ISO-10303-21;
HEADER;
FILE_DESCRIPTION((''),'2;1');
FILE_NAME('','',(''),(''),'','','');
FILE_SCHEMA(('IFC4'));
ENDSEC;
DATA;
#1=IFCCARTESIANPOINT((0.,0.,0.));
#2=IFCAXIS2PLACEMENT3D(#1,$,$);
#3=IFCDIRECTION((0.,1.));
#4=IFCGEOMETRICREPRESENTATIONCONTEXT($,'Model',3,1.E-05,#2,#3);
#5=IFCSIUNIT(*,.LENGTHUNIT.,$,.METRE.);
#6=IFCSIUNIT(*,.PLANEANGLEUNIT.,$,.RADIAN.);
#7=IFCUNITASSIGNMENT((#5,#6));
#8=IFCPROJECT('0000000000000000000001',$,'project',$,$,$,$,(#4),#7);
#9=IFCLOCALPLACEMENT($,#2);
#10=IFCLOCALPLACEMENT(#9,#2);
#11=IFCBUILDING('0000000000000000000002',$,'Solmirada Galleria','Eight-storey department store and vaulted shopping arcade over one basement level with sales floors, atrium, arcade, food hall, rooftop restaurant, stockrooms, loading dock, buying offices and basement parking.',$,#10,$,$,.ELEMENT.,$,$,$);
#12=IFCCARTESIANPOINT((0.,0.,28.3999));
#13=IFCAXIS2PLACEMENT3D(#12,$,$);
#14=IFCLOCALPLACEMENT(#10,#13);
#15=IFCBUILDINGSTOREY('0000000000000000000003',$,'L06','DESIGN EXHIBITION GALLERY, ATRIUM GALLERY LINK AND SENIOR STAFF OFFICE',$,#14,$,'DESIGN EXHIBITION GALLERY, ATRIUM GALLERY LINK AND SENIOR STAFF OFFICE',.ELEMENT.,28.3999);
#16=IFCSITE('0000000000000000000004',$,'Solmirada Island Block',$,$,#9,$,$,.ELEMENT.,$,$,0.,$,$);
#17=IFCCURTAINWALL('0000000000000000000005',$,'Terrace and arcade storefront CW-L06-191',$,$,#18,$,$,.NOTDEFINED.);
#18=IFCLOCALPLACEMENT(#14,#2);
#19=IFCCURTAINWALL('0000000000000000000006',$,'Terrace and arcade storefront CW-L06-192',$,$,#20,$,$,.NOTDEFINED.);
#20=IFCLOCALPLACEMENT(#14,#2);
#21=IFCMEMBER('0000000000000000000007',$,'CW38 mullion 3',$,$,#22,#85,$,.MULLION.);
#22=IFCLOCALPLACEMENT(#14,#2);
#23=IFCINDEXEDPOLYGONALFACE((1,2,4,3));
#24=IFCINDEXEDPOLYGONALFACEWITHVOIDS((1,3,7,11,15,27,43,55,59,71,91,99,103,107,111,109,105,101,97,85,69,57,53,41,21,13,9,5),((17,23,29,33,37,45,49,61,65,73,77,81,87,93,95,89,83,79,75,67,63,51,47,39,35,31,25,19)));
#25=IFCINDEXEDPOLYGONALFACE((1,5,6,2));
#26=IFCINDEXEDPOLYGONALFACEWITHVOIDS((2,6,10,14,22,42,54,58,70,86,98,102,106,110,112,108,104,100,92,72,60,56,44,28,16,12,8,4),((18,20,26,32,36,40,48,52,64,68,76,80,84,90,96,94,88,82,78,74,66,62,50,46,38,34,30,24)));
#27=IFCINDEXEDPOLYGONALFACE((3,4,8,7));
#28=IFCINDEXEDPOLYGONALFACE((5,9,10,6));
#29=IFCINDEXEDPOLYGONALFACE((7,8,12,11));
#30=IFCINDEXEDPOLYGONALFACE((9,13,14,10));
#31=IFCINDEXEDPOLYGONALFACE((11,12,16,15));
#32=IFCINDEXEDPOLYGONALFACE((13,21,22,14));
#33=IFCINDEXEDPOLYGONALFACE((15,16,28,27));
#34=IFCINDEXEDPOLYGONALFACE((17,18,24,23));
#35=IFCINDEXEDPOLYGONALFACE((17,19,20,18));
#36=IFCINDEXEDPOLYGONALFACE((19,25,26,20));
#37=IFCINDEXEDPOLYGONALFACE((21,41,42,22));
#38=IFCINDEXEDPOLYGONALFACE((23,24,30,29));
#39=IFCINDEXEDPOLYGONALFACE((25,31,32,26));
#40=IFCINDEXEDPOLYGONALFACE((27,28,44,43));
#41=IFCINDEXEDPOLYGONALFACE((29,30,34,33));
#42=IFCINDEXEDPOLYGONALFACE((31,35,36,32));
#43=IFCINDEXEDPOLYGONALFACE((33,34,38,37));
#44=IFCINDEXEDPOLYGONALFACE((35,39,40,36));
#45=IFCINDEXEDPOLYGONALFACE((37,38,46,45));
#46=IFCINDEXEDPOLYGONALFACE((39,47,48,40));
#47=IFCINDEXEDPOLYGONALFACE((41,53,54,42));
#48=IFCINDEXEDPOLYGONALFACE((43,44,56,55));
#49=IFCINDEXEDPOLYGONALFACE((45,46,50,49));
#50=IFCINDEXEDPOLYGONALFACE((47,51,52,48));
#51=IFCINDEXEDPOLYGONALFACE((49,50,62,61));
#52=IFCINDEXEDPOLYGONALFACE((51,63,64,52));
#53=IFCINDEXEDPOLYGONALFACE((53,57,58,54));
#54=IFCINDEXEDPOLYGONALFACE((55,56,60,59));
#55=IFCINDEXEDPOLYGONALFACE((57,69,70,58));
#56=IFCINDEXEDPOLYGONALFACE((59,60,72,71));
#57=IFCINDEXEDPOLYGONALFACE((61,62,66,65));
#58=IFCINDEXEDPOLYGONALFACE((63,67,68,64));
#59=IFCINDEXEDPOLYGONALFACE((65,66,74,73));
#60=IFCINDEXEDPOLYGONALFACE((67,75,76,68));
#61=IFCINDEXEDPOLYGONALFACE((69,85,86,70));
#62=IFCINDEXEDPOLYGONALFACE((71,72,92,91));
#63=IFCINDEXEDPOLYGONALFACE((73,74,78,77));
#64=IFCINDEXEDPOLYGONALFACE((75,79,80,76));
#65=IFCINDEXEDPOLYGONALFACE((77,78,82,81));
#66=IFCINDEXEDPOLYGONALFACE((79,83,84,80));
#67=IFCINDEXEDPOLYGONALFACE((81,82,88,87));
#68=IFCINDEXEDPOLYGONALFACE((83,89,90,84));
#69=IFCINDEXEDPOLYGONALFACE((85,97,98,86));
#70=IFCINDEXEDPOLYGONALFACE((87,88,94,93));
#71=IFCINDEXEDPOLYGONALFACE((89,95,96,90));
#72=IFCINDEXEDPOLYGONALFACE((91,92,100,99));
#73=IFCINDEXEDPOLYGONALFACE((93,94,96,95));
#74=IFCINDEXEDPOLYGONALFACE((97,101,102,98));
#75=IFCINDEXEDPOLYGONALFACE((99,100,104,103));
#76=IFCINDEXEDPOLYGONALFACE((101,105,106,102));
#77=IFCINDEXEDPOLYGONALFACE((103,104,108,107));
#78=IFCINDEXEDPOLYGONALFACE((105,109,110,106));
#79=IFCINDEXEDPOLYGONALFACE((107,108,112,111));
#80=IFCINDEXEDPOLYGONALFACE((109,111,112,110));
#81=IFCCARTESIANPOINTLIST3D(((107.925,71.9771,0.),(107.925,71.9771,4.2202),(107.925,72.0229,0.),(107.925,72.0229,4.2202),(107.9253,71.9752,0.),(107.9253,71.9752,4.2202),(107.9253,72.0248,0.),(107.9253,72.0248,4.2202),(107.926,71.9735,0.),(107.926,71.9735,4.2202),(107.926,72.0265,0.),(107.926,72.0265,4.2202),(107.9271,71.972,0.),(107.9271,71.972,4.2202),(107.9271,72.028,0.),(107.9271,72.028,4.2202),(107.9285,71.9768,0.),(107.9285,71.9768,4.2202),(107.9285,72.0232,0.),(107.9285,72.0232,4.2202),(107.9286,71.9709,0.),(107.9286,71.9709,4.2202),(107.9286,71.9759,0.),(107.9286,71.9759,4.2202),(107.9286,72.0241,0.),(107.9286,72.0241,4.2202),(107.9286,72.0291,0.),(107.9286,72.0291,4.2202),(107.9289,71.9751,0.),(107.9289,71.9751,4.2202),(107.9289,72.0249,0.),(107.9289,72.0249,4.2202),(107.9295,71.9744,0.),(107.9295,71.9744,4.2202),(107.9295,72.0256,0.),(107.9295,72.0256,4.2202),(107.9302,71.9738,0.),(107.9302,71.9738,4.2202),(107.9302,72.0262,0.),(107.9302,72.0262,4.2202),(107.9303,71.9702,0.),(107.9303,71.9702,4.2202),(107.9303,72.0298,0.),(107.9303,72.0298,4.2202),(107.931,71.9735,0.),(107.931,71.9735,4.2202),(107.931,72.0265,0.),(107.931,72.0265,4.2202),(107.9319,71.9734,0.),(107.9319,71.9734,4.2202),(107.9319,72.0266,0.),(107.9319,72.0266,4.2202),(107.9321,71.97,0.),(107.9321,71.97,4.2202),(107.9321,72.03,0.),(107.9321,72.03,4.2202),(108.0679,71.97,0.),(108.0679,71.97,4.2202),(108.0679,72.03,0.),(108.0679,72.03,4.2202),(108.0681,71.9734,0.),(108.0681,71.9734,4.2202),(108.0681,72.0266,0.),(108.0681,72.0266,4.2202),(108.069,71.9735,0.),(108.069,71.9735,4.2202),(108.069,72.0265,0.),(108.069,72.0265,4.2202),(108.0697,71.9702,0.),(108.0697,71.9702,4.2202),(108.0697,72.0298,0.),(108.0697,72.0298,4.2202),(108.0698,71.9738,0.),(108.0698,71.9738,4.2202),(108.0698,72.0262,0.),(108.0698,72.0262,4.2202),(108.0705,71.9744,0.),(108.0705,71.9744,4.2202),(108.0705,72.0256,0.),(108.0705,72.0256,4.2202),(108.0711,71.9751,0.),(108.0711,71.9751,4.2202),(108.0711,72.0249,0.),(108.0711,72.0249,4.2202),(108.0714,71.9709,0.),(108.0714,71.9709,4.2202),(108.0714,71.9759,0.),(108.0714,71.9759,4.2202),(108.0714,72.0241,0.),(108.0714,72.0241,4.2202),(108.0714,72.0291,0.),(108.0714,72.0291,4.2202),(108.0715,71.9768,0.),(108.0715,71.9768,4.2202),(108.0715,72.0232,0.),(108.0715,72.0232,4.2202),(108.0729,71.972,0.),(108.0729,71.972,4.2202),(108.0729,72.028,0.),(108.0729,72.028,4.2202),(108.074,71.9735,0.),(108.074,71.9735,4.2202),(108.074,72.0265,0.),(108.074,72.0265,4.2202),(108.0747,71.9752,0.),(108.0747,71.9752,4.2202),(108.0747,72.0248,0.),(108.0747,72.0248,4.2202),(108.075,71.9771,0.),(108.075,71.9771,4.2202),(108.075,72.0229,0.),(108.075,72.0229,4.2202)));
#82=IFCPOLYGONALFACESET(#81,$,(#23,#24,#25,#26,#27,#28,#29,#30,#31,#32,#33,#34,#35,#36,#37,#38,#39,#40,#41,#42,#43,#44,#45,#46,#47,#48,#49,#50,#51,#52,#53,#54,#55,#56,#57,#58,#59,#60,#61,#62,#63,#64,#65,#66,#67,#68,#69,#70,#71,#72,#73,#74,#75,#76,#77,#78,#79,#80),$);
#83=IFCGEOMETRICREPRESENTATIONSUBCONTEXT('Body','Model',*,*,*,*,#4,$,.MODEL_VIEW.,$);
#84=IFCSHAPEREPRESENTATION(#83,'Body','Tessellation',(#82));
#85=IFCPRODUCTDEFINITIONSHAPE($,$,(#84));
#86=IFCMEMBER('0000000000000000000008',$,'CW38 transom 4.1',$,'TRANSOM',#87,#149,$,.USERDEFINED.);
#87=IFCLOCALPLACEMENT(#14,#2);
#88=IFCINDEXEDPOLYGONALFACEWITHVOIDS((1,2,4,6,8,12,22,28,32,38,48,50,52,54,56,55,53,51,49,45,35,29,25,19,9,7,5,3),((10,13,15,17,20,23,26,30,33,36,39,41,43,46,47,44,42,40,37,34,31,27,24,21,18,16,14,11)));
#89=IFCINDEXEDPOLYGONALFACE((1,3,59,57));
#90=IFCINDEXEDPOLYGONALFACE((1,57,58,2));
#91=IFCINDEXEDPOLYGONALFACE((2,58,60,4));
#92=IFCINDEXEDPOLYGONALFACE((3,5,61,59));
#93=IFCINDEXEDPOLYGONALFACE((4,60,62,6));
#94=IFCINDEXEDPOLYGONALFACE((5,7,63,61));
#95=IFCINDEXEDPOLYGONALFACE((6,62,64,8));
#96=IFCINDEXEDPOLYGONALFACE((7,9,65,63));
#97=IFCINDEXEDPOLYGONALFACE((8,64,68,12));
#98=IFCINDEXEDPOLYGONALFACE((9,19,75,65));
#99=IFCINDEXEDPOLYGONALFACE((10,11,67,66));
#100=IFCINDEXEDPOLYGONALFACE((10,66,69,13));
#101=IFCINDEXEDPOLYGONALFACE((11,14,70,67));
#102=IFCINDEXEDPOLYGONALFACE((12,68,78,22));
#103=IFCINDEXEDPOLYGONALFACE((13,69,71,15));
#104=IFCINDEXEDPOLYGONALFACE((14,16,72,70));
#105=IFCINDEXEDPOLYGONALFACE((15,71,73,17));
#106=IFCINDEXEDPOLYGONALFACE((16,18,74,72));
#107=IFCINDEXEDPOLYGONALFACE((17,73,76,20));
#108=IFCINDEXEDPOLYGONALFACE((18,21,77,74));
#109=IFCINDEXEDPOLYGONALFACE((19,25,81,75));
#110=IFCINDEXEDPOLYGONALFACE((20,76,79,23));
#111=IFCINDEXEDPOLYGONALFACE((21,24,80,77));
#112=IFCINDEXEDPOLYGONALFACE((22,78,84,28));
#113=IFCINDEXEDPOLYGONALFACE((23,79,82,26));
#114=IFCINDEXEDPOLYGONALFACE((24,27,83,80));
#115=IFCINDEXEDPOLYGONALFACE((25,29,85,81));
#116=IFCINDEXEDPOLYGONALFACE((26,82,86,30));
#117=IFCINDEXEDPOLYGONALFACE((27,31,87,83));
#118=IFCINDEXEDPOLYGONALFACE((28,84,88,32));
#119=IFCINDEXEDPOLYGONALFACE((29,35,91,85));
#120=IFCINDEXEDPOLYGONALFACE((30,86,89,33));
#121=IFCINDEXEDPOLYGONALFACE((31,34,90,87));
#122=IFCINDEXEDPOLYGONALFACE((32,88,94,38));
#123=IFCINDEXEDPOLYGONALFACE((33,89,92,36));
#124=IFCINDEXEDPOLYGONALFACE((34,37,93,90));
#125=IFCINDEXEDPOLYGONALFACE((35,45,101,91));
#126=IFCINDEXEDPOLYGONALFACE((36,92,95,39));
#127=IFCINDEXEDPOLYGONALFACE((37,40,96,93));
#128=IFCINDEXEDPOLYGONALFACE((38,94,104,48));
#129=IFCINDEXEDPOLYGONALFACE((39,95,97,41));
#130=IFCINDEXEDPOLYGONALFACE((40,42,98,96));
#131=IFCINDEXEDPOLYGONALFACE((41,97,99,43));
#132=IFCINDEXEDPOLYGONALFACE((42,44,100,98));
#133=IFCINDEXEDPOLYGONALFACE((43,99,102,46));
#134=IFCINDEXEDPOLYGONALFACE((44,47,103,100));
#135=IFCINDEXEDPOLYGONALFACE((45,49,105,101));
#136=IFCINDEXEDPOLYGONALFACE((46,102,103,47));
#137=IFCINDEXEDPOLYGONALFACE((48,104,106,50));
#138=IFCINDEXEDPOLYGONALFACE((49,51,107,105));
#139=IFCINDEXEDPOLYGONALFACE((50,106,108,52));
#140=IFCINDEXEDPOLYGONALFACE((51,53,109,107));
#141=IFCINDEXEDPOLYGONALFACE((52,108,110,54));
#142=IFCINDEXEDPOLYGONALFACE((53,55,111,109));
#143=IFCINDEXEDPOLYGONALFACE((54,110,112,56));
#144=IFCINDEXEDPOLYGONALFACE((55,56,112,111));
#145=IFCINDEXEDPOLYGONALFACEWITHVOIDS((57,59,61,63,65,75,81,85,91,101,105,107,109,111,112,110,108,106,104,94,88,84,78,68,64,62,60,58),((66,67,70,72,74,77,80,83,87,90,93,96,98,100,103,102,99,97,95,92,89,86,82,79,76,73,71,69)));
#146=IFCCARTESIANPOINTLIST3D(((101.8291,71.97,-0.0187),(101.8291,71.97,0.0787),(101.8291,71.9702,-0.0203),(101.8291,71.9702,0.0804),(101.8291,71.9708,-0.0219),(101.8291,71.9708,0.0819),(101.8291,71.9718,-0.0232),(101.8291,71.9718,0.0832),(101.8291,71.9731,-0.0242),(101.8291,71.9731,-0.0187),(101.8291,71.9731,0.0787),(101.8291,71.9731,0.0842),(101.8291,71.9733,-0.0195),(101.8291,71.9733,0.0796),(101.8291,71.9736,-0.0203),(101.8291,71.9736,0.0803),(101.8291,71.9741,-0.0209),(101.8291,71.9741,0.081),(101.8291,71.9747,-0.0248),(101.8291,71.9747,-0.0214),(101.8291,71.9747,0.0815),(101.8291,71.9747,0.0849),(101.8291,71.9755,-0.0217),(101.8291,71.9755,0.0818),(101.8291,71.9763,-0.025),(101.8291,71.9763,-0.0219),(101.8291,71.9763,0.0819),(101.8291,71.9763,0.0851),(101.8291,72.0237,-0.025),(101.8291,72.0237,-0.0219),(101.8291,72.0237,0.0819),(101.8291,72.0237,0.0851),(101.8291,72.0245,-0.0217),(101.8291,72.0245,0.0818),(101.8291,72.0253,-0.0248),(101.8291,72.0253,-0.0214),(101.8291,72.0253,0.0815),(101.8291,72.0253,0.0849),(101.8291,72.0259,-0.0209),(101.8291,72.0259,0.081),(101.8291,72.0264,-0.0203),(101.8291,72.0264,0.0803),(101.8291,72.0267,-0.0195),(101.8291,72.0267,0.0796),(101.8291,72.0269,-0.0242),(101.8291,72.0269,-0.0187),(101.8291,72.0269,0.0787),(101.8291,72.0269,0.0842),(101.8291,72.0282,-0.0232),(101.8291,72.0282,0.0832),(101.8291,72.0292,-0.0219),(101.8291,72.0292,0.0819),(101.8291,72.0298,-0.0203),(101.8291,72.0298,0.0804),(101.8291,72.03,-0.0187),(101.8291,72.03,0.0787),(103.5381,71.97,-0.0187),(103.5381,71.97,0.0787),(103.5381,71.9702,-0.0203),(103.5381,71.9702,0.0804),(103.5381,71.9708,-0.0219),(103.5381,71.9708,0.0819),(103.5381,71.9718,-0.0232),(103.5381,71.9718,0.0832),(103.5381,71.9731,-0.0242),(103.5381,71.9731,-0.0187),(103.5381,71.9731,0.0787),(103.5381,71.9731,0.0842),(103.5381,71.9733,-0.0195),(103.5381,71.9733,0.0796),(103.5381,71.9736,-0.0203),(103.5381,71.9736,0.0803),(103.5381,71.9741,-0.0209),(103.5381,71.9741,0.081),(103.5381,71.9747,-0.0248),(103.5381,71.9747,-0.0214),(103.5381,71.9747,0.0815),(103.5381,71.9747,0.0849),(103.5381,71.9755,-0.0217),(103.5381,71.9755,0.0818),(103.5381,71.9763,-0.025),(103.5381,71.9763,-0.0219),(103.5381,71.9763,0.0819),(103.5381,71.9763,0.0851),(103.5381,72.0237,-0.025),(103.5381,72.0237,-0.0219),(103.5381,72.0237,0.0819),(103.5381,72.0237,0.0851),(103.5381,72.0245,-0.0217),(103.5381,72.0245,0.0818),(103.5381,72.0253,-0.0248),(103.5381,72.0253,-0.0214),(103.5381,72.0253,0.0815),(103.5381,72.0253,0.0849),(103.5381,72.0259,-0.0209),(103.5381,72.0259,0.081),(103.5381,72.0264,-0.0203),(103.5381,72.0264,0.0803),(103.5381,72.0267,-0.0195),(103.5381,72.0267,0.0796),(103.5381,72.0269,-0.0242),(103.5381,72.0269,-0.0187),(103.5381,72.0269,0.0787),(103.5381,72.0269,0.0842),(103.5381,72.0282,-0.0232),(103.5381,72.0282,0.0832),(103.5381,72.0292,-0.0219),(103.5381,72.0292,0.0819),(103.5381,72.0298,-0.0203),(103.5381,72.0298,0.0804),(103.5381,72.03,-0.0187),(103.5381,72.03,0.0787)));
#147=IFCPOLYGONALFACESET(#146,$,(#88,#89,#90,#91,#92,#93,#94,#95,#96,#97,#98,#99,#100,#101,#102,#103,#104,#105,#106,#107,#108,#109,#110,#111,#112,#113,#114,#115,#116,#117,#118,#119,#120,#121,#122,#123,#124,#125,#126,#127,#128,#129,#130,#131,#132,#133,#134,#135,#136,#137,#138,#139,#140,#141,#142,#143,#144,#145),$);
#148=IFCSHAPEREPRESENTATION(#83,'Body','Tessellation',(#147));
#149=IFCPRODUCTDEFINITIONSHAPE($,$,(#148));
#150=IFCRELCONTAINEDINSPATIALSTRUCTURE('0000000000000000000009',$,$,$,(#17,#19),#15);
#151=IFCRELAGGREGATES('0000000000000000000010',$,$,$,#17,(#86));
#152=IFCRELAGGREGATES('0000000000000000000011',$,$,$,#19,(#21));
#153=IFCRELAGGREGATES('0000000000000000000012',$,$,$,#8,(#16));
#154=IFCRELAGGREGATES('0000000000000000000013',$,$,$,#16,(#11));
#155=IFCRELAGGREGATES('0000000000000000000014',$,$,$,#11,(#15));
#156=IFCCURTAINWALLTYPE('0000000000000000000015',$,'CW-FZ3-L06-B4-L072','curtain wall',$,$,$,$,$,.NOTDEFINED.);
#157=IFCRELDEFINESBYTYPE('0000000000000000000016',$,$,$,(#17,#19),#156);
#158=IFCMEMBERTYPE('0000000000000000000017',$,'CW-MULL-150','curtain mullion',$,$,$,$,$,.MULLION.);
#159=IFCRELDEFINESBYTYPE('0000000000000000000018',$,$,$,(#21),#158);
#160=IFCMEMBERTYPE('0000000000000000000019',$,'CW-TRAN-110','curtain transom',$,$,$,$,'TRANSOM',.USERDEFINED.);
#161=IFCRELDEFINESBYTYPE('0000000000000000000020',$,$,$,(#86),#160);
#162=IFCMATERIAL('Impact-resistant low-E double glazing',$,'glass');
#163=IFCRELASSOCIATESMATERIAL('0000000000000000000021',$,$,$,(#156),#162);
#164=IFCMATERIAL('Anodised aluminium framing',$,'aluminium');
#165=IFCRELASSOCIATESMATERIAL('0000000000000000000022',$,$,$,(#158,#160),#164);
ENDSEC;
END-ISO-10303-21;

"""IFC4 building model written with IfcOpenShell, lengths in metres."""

from ifc_helpers import new_model, si_unit, direction, frame, origin, origin_2d, place, context, subcontext, project, spatial, hollow_rectangle, extrude, material, material_profile, profile_set, type_object, element, aggregate, save


model = new_model("IFC4")

# Units and contexts
model_context = context("Model", 3, precision=1e-05, world=origin(), true_north=direction((0.0, 1.0)))
body_context = subcontext(model_context, "Body", "Model", "MODEL_VIEW")
ifc_project = project(units=[si_unit("LENGTHUNIT", "METRE"), si_unit("PLANEANGLEUNIT", "RADIAN")], contexts=[model_context])

# Site, building, storey
site_placement = place(None, origin())
site = spatial("IfcSite", under=ifc_project, at=site_placement, Name="Solmirada Island Block", CompositionType="ELEMENT", RefElevation=0.0)
building_placement = place(site_placement, origin())
building = spatial("IfcBuilding", under=site, at=building_placement, Name="Solmirada Galleria", Description="Eight-storey department store and vaulted shopping arcade over one basement level with sales floors, atrium, arcade, food hall, rooftop restaurant, stockrooms, loading dock, buying offices and basement parking.", CompositionType="ELEMENT")
storey_placement = place(building_placement, frame((0.0, 0.0, 28.3999)))
storey = spatial("IfcBuildingStorey", under=building, at=storey_placement, Name="L06", Description="DESIGN EXHIBITION GALLERY, ATRIUM GALLERY LINK AND SENIOR STAFF OFFICE", LongName="DESIGN EXHIBITION GALLERY, ATRIUM GALLERY LINK AND SENIOR STAFF OFFICE", CompositionType="ELEMENT", Elevation=28.3999)

# Curtain walls, member
ifc_material_1 = material(Name="Impact-resistant low-E double glazing", Category="glass")
curtain_wall_type = type_object("IfcCurtainWallType", Name="CW-FZ3-L06-B4-L072", Description="curtain wall", PredefinedType="NOTDEFINED", material=ifc_material_1)
curtain_wall_1_placement = place(storey_placement, origin())
curtain_wall_1 = element("IfcCurtainWall", 1, at=curtain_wall_1_placement, inside=storey, type_object=curtain_wall_type, Name="Terrace and arcade storefront CW-L06-191", PredefinedType="NOTDEFINED")
ifc_material_2 = material(Name="Anodised aluminium framing", Category="aluminium")
ifc_material_profile_1 = material_profile(ifc_material_2, hollow_rectangle(XDim=0.0601, YDim=0.1499, WallThickness=0.0034, InnerFilletRadius=0.0034, OuterFilletRadius=0.0071, at=origin_2d()), Name="ALU-MULL-150X60")
ifc_profile_set_1 = profile_set([ifc_material_profile_1], Name="Anodised aluminium framing")
member_type_1 = type_object("IfcMemberType", Name="CW-MULL-150", Description="curtain mullion", PredefinedType="MULLION", material=ifc_profile_set_1)
curtain_wall_2_placement = place(storey_placement, origin())
curtain_wall_2 = element("IfcCurtainWall", 2, at=curtain_wall_2_placement, inside=storey, type_object=curtain_wall_type, Name="Terrace and arcade storefront CW-L06-192", PredefinedType="NOTDEFINED")
member_1_placement = place(storey_placement, frame((108.0, 72.0, 0.0), z_axis=(0.0, 0.0, 1.0), x_axis=(0.0, 1.0, 0.0)))
member_1 = element("IfcMember", 3, at=member_1_placement, type_object=member_type_1, Name="CW38 mullion 3", PredefinedType="MULLION", context=body_context, shape_type="SweptSolid", body=[
    extrude(hollow_rectangle(XDim=0.0601, YDim=0.1499, WallThickness=0.0034, InnerFilletRadius=0.0034, OuterFilletRadius=0.0071, at=origin_2d()), origin(), (0.0, 0.0, 1.0), 4.2202),
])

# Member
ifc_material_profile_2 = material_profile(ifc_material_2, hollow_rectangle(XDim=0.0601, YDim=0.1101, WallThickness=0.0032, InnerFilletRadius=0.0032, OuterFilletRadius=0.0063, at=origin_2d()), Name="ALU-TRAN-110X60")
ifc_profile_set_2 = profile_set([ifc_material_profile_2], Name="Anodised aluminium framing")
member_type_2 = type_object("IfcMemberType", Name="CW-TRAN-110", Description="curtain transom", ElementType="TRANSOM", PredefinedType="USERDEFINED", material=ifc_profile_set_2)
member_2_placement = place(storey_placement, frame((101.8291, 72.0, 0.03), z_axis=(1.0, 0.0, 0.0), x_axis=(0.0, 1.0, 0.0)))
member_2 = element("IfcMember", 4, at=member_2_placement, type_object=member_type_2, Name="CW38 transom 4.1", ObjectType="TRANSOM", PredefinedType="USERDEFINED", context=body_context, shape_type="SweptSolid", body=[
    extrude(hollow_rectangle(XDim=0.0601, YDim=0.1101, WallThickness=0.0032, InnerFilletRadius=0.0032, OuterFilletRadius=0.0063, at=origin_2d()), origin(), (0.0, 0.0, 1.0), 1.709),
])

aggregate(curtain_wall_1, [member_2])
aggregate(curtain_wall_2, [member_1])

save(model, "model.ifc")
